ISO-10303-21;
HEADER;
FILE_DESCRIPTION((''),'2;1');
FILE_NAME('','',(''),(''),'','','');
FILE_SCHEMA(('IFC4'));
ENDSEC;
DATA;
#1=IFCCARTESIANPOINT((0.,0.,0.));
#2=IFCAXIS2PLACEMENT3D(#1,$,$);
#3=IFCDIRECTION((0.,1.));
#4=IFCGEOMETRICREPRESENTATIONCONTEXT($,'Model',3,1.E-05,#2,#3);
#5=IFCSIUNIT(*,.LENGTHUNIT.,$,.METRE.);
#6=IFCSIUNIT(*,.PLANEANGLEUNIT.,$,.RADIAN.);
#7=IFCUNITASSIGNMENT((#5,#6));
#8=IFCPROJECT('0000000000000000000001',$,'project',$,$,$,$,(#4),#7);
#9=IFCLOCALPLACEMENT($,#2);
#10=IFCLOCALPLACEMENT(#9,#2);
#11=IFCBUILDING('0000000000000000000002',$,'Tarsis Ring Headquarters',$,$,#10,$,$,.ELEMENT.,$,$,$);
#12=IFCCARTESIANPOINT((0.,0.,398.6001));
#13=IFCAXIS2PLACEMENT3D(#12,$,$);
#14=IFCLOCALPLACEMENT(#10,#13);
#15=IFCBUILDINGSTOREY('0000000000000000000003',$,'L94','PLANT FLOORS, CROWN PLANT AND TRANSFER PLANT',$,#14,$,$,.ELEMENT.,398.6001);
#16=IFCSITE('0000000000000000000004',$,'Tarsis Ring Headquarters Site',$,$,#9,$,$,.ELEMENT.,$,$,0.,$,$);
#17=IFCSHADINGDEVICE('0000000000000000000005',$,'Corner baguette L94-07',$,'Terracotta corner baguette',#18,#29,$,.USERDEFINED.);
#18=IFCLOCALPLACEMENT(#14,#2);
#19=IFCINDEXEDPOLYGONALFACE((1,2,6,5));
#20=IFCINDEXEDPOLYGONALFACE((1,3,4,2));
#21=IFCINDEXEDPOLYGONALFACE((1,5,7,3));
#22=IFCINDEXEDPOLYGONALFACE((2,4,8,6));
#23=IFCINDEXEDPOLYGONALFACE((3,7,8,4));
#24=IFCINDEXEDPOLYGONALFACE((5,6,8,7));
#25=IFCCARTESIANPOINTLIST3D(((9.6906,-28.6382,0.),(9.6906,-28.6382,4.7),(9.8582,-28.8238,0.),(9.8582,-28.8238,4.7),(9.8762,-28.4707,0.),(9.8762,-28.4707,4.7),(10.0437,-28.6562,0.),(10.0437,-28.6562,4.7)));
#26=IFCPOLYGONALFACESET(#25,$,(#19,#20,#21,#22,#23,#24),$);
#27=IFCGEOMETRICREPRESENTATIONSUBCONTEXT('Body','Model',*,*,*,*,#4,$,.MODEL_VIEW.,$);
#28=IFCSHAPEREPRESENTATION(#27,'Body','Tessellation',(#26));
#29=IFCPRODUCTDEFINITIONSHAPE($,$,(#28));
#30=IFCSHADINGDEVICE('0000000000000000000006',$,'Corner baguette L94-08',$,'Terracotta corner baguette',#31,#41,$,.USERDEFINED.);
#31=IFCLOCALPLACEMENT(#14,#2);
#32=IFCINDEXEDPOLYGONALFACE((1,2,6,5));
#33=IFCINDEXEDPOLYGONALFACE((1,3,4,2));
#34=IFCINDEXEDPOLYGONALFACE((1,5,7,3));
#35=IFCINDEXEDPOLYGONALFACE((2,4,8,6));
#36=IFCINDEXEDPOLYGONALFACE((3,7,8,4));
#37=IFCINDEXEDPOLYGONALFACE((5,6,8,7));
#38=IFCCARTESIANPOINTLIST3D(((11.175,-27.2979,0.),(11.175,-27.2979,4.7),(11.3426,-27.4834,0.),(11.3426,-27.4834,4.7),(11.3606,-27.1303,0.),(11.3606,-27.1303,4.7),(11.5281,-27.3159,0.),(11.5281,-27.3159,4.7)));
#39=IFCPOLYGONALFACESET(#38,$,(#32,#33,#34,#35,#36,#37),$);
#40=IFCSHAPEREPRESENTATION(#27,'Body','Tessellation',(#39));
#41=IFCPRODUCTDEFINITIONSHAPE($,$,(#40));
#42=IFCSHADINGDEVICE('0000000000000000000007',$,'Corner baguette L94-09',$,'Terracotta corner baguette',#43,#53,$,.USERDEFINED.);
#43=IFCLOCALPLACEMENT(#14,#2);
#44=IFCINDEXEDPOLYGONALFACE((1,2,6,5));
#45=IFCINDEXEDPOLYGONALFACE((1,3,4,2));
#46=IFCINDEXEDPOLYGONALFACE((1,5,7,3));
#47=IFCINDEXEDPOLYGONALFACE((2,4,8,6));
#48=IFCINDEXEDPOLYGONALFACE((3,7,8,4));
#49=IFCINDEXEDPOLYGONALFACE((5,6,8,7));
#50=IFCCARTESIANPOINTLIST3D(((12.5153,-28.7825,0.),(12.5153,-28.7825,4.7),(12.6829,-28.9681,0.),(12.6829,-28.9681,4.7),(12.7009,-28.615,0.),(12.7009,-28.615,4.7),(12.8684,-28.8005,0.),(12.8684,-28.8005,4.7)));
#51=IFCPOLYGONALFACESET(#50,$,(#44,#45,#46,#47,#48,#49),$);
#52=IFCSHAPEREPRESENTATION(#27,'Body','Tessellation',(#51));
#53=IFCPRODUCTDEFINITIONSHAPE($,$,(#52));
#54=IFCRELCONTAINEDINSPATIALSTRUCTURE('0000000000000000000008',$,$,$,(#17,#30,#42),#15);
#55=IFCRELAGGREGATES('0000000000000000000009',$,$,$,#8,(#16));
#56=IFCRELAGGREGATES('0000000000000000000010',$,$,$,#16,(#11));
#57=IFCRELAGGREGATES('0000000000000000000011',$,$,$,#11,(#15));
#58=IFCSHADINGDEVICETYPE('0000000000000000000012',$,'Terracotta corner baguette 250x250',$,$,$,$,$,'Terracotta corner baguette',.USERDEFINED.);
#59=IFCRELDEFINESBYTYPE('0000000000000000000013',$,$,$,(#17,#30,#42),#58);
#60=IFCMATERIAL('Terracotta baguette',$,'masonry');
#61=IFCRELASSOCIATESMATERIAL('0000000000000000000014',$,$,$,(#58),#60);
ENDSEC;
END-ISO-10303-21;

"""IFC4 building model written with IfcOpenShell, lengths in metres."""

from ifc_helpers import new_model, si_unit, direction, frame, origin, origin_2d, place, context, subcontext, project, spatial, rectangle, extrude, material, type_object, element, save


model = new_model("IFC4")

# Units and contexts
model_context = context("Model", 3, precision=1e-05, world=origin(), true_north=direction((0.0, 1.0)))
body_context = subcontext(model_context, "Body", "Model", "MODEL_VIEW")
ifc_project = project(units=[si_unit("LENGTHUNIT", "METRE"), si_unit("PLANEANGLEUNIT", "RADIAN")], contexts=[model_context])

# Site, building, storey
site_placement = place(None, origin())
site = spatial("IfcSite", under=ifc_project, at=site_placement, Name="Tarsis Ring Headquarters Site", CompositionType="ELEMENT", RefElevation=0.0)
building_placement = place(site_placement, origin())
building = spatial("IfcBuilding", under=site, at=building_placement, Name="Tarsis Ring Headquarters", CompositionType="ELEMENT")
storey_placement = place(building_placement, frame((0.0, 0.0, 398.6001)))
storey = spatial("IfcBuildingStorey", under=building, at=storey_placement, Name="L94", Description="PLANT FLOORS, CROWN PLANT AND TRANSFER PLANT", CompositionType="ELEMENT", Elevation=398.6001)

# Shading devices
ifc_material_1 = material(Name="Terracotta baguette", Category="masonry")
shading_device_type_1 = type_object("IfcShadingDeviceType", Name="Terracotta corner baguette 250x250", ElementType="Terracotta corner baguette", PredefinedType="USERDEFINED", material=ifc_material_1)
for number, where, z_axis, x_axis, name in (
    (1, (9.8672, -28.6472, 0.0), (0.0, 0.0, 1.0), (0.670168, -0.74221, 0.0), "Corner baguette L94-07"),
    (2, (11.3516, -27.3069, 0.0), (0.0, 0.0, 1.0), (0.74221, 0.670167, 0.0), "Corner baguette L94-08"),
    (3, (12.6919, -28.7915, 0.0), (0.0, 0.0, 1.0), (0.670167, -0.74221, 0.0), "Corner baguette L94-09"),
):
    element("IfcShadingDevice", number, at=place(storey_placement, frame(where, z_axis=z_axis, x_axis=x_axis)), inside=storey, type_object=shading_device_type_1, Name=name, ObjectType="Terracotta corner baguette", PredefinedType="USERDEFINED", context=body_context, shape_type="SweptSolid", body=[
        extrude(rectangle(XDim=0.25, YDim=0.25, at=origin_2d()), origin(), (0.0, 0.0, 1.0), 4.7),
    ])

save(model, "model.ifc")
